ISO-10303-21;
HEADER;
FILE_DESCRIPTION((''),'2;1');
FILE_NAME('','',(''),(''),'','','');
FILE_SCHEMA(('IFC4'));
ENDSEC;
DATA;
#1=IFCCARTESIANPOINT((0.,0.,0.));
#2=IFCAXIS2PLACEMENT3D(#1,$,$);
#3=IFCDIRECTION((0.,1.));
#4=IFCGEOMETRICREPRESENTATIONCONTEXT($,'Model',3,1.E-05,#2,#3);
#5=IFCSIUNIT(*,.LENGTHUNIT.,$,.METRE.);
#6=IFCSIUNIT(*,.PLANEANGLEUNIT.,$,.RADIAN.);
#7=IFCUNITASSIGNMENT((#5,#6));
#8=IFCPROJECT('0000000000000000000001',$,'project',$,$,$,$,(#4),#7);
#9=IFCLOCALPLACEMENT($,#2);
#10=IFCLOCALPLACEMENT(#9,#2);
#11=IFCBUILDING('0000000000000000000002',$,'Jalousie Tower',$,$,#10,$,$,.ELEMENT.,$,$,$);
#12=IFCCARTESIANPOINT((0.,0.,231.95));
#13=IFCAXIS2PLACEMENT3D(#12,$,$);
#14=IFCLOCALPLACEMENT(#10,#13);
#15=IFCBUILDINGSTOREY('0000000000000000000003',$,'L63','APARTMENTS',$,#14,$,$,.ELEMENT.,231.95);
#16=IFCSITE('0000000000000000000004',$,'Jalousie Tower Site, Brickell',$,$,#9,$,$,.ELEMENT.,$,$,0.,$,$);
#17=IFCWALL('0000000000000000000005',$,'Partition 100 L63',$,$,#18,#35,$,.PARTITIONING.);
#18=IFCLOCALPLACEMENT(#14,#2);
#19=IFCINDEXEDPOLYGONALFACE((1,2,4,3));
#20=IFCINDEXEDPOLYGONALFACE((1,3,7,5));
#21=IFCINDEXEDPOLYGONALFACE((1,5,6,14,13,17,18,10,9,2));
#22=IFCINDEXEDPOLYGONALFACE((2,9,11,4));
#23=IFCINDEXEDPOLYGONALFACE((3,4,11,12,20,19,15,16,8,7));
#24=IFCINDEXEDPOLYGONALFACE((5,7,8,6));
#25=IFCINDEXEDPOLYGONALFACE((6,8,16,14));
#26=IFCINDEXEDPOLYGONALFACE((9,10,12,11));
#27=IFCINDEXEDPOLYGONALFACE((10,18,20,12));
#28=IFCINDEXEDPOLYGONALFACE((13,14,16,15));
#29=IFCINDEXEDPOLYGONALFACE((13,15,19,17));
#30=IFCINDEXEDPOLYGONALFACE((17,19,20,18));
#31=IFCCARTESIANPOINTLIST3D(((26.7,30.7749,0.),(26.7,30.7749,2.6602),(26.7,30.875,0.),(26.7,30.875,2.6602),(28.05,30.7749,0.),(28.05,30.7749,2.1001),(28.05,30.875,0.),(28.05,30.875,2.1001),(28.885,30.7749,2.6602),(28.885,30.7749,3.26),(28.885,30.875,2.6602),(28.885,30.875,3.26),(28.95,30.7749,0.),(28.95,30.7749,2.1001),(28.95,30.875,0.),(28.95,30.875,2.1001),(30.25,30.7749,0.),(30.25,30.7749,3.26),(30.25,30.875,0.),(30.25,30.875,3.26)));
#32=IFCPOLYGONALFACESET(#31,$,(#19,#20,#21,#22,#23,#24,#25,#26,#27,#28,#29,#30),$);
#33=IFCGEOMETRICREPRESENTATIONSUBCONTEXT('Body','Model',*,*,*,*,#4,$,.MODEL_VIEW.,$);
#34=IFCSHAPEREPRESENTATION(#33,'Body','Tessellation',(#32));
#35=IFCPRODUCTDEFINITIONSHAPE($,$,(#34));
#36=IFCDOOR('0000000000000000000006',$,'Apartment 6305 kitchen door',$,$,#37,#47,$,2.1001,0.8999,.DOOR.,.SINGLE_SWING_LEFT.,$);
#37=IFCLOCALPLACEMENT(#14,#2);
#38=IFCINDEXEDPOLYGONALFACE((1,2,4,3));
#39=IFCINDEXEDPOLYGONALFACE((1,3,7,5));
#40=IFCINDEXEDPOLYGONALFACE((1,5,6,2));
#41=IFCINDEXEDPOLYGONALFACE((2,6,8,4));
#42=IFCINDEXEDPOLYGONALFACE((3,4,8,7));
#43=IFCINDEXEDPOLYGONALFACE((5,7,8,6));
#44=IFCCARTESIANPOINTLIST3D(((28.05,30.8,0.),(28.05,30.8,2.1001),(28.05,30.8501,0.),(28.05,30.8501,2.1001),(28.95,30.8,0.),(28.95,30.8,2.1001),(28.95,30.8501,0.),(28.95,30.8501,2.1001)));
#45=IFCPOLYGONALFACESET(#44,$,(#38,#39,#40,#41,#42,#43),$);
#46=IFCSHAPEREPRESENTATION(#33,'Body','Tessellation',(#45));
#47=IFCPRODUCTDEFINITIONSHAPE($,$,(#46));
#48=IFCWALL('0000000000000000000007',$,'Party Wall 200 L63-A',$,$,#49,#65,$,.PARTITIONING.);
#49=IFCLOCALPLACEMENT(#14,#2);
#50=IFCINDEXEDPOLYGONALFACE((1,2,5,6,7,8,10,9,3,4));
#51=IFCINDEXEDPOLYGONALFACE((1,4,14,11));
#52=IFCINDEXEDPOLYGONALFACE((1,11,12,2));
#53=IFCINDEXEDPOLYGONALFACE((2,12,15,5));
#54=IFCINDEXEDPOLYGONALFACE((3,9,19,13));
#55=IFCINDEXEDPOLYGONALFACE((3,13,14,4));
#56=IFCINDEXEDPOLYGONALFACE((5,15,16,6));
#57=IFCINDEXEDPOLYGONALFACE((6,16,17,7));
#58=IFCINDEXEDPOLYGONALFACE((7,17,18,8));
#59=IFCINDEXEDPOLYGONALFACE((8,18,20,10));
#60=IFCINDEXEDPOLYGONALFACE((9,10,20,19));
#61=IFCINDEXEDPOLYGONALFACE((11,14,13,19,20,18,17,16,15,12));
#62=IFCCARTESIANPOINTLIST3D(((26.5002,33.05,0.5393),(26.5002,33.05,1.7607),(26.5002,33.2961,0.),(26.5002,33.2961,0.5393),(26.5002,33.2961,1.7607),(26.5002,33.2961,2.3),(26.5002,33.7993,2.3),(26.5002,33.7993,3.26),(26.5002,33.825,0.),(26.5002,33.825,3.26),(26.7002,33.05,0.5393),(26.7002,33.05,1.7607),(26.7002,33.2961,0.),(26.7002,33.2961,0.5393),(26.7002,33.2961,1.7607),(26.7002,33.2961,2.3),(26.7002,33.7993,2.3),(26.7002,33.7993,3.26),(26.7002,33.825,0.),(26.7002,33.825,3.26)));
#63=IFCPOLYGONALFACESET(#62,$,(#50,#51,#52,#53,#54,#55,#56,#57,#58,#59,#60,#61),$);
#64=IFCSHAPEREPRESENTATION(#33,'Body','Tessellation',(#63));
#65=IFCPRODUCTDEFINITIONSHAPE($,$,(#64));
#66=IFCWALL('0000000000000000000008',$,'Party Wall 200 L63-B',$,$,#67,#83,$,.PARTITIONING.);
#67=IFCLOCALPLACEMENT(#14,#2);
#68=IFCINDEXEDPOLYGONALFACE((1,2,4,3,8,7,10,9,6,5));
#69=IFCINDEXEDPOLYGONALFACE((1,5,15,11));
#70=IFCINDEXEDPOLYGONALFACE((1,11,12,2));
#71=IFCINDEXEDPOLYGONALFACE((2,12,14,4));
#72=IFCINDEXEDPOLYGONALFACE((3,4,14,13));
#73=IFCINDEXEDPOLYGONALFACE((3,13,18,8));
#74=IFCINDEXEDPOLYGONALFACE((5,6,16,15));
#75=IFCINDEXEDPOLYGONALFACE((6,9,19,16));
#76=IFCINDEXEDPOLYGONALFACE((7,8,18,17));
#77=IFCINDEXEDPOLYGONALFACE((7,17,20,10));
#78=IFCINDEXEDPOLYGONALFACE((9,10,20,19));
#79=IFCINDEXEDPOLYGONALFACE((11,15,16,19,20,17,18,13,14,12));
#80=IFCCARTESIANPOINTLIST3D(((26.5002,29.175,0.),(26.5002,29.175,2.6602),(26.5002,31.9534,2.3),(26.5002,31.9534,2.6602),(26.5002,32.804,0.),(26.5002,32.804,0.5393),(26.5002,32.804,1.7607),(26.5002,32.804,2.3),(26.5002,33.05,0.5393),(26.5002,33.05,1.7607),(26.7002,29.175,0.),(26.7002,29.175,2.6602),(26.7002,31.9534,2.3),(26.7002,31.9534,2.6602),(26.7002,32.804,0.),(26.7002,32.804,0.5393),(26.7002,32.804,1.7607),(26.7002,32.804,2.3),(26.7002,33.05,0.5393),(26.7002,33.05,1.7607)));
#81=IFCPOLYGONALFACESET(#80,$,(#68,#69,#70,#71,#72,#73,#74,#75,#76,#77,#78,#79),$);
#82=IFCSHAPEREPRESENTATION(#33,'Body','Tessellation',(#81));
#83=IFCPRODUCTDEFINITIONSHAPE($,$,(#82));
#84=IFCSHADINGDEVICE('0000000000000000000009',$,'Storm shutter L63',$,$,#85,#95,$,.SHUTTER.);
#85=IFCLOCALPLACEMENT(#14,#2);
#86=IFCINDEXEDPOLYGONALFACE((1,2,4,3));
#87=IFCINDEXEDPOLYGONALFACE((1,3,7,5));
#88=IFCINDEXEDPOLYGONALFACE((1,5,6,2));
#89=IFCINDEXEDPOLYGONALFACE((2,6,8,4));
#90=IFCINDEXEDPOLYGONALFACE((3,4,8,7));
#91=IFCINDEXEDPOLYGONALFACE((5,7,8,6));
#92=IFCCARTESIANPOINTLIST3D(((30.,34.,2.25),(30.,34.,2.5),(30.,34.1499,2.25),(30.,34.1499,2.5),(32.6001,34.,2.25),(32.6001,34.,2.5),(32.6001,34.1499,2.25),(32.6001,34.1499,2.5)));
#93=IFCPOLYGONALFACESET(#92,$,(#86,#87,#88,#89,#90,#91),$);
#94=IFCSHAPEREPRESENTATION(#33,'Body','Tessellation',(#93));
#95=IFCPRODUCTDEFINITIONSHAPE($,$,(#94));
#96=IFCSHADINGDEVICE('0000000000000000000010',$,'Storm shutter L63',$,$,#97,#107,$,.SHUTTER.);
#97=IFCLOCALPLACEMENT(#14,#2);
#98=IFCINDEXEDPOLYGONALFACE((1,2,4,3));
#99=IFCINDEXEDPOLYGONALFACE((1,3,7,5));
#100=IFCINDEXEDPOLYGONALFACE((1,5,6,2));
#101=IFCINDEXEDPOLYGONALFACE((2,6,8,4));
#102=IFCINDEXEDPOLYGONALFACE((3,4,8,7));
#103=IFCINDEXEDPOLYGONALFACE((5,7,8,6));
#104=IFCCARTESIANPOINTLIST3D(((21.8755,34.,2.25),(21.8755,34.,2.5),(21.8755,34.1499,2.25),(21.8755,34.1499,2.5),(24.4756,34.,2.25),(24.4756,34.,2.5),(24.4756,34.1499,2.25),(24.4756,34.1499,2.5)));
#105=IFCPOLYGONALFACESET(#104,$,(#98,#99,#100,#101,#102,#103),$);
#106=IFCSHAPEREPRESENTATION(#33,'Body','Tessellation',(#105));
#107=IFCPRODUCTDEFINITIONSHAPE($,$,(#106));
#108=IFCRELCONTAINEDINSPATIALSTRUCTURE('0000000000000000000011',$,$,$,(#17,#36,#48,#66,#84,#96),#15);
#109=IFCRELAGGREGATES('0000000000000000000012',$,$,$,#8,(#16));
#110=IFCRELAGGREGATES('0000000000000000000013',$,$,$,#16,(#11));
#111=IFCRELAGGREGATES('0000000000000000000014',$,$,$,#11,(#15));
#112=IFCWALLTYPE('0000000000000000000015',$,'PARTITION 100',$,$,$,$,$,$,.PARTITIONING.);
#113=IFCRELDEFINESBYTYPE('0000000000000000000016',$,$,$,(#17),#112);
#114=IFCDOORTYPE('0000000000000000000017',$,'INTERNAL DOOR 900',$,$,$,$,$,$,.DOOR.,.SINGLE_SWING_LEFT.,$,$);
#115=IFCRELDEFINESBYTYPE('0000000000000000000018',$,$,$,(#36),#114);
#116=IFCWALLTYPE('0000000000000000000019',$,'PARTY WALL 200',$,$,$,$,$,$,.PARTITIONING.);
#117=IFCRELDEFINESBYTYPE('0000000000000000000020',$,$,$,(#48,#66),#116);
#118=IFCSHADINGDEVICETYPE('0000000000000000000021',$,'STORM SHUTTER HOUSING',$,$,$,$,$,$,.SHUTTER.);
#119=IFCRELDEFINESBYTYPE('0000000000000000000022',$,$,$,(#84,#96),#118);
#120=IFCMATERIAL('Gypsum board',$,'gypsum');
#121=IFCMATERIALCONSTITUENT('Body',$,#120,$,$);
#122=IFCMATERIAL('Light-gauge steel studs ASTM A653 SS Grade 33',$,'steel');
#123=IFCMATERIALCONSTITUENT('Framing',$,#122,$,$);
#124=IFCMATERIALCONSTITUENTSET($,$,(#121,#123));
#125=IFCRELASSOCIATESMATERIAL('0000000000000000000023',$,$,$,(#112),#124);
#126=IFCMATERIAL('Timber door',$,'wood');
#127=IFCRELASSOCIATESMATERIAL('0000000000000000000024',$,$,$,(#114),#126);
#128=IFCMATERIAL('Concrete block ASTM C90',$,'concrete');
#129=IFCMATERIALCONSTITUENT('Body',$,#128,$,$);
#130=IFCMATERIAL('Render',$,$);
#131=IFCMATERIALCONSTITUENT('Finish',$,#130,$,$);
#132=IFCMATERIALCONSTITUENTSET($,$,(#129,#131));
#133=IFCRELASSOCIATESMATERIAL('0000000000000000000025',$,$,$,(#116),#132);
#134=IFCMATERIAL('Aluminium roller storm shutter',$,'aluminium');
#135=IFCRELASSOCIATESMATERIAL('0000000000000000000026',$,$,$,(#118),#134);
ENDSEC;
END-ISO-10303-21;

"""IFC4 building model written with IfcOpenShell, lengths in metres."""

from ifc_helpers import new_model, si_unit, direction, frame, frame_2d, origin, origin_2d, place, context, subcontext, project, spatial, polyline, rectangle, outline, extrude, material, constituent, constituent_set, type_object, element, fill, save


model = new_model("IFC4")

# Units and contexts
model_context = context("Model", 3, precision=1e-05, world=origin(), true_north=direction((0.0, 1.0)))
body_context = subcontext(model_context, "Body", "Model", "MODEL_VIEW")
ifc_project = project(units=[si_unit("LENGTHUNIT", "METRE"), si_unit("PLANEANGLEUNIT", "RADIAN")], contexts=[model_context])

# Site, building, storey
site_placement = place(None, origin())
site = spatial("IfcSite", under=ifc_project, at=site_placement, Name="Jalousie Tower Site, Brickell", CompositionType="ELEMENT", RefElevation=0.0)
building_placement = place(site_placement, origin())
building = spatial("IfcBuilding", under=site, at=building_placement, Name="Jalousie Tower", CompositionType="ELEMENT")
storey_placement = place(building_placement, frame((0.0, 0.0, 231.95)))
storey = spatial("IfcBuildingStorey", under=building, at=storey_placement, Name="L63", Description="APARTMENTS", CompositionType="ELEMENT", Elevation=231.95)

# Wall, opening, door
ifc_material_1 = material(Name="Gypsum board", Category="gypsum")
ifc_constituent_1 = constituent(ifc_material_1, Name="Body")
ifc_material_2 = material(Name="Light-gauge steel studs ASTM A653 SS Grade 33", Category="steel")
ifc_constituent_2 = constituent(ifc_material_2, Name="Framing")
ifc_constituent_set_1 = constituent_set(constituents=[ifc_constituent_1, ifc_constituent_2])
wall_type_1 = type_object("IfcWallType", Name="PARTITION 100", PredefinedType="PARTITIONING", material=ifc_constituent_set_1)
wall_1_placement = place(storey_placement, frame((26.7, 30.825, 0.0), z_axis=(0.0, 0.0, 1.0), x_axis=(1.0, 0.0, 0.0)))
wall_1 = element("IfcWall", 1, at=wall_1_placement, inside=storey, type_object=wall_type_1, Name="Partition 100 L63", PredefinedType="PARTITIONING", context=body_context, shape_type="SweptSolid", body=[
    extrude(outline(polyline([(0.0, 0.0), (3.55, 0.0), (3.55, 3.26), (2.1851, 3.26), (2.1851, 2.6602), (0.0, 2.6602), (0.0, 3.26), (0.0, 0.0)])), frame((0.0, 0.05, 0.0), z_axis=(0.0, -1.0, 0.0), x_axis=(1.0, 0.0, 0.0)), (0.0, 0.0, 1.0), 0.1001),
])
opening_1_placement = place(wall_1_placement, frame((1.3501, 0.0, 0.0)))
opening_1 = element("IfcOpeningElement", 2, at=opening_1_placement, cuts=wall_1, PredefinedType="OPENING", context=body_context, shape_type="SweptSolid", body=[
    extrude(rectangle(XDim=0.8999, YDim=2.1001, at=frame_2d((0.45, 1.05))), frame((0.0, 0.0601, 0.0), z_axis=(0.0, -1.0, 0.0), x_axis=(1.0, 0.0, 0.0)), (0.0, 0.0, 1.0), 0.1201),
])
ifc_material_3 = material(Name="Timber door", Category="wood")
door_type_1 = type_object("IfcDoorType", Name="INTERNAL DOOR 900", OperationType="SINGLE_SWING_LEFT", PredefinedType="DOOR", material=ifc_material_3)
door_1_placement = place(opening_1_placement, frame((0.8999, 0.0, 0.0), z_axis=(0.0, 0.0, 1.0), x_axis=(-1.0, 0.0, 0.0)))
door_1 = element("IfcDoor", 3, at=door_1_placement, inside=storey, type_object=door_type_1, Name="Apartment 6305 kitchen door", OperationType="SINGLE_SWING_LEFT", OverallHeight=2.1001, OverallWidth=0.8999, PredefinedType="DOOR", context=body_context, shape_type="SweptSolid", body=[
    extrude(rectangle(XDim=0.8999, YDim=2.1001, at=frame_2d((0.45, 1.05))), frame((0.0, 0.0249, 0.0), z_axis=(0.0, -1.0, 0.0), x_axis=(1.0, 0.0, 0.0)), (0.0, 0.0, 1.0), 0.05),
])
fill(opening_1, door_1)

# Walls
ifc_material_4 = material(Name="Concrete block ASTM C90", Category="concrete")
ifc_constituent_3 = constituent(ifc_material_4, Name="Body")
ifc_material_5 = material(Name="Render")
ifc_constituent_4 = constituent(ifc_material_5, Name="Finish")
ifc_constituent_set_2 = constituent_set(constituents=[ifc_constituent_3, ifc_constituent_4])
wall_type_2 = type_object("IfcWallType", Name="PARTY WALL 200", PredefinedType="PARTITIONING", material=ifc_constituent_set_2)
wall_2_placement = place(storey_placement, frame((26.6001, 33.825, 0.0), z_axis=(0.0, 0.0, 1.0), x_axis=(0.0, -1.0, 0.0)))
element("IfcWall", 4, at=wall_2_placement, inside=storey, type_object=wall_type_2, Name="Party Wall 200 L63-A", PredefinedType="PARTITIONING", context=body_context, shape_type="SweptSolid", body=[
    extrude(outline(polyline([(0.0256, 2.3), (0.0256, 3.26), (0.0, 3.26), (0.0, 0.0), (0.5288, 0.0), (0.5288, 0.5393), (0.7749, 0.5393), (0.7749, 1.7607), (0.5288, 1.7607), (0.5288, 2.3), (0.0256, 2.3)])), frame((0.0, 0.1001, 0.0), z_axis=(0.0, -1.0, 0.0), x_axis=(1.0, 0.0, 0.0)), (0.0, 0.0, 1.0), 0.2),
])
wall_3_placement = place(storey_placement, frame((26.6001, 33.05, 0.0), z_axis=(0.0, 0.0, 1.0), x_axis=(0.0, -1.0, 0.0)))
element("IfcWall", 5, at=wall_3_placement, inside=storey, type_object=wall_type_2, Name="Party Wall 200 L63-B", PredefinedType="PARTITIONING", context=body_context, shape_type="SweptSolid", body=[
    extrude(outline(polyline([(0.2461, 2.3), (0.2461, 1.7607), (0.0, 1.7607), (0.0, 0.5393), (0.2461, 0.5393), (0.2461, 0.0), (3.875, 0.0), (3.875, 2.6602), (1.0967, 2.6602), (1.0967, 2.3), (0.2461, 2.3)])), frame((0.0, 0.1001, 0.0), z_axis=(0.0, -1.0, 0.0), x_axis=(1.0, 0.0, 0.0)), (0.0, 0.0, 1.0), 0.2),
])

# Shading devices
ifc_material_6 = material(Name="Aluminium roller storm shutter", Category="aluminium")
shading_device_type = type_object("IfcShadingDeviceType", Name="STORM SHUTTER HOUSING", PredefinedType="SHUTTER", material=ifc_material_6)
for number, where, z_axis, x_axis, name in (
    (6, (31.3, 34.075, 2.25), (0.0, 0.0, 1.0), (-1.0, 0.0, 0.0), "Storm shutter L63"),
    (7, (23.1755, 34.075, 2.25), (0.0, 0.0, 1.0), (-1.0, 0.0, 0.0), "Storm shutter L63"),
):
    element("IfcShadingDevice", number, at=place(storey_placement, frame(where, z_axis=z_axis, x_axis=x_axis)), inside=storey, type_object=shading_device_type, Name=name, PredefinedType="SHUTTER", context=body_context, shape_type="SweptSolid", body=[
        extrude(rectangle(XDim=2.6001, YDim=0.1499, at=origin_2d()), origin(), (0.0, 0.0, 1.0), 0.25),
    ])

save(model, "model.ifc")
